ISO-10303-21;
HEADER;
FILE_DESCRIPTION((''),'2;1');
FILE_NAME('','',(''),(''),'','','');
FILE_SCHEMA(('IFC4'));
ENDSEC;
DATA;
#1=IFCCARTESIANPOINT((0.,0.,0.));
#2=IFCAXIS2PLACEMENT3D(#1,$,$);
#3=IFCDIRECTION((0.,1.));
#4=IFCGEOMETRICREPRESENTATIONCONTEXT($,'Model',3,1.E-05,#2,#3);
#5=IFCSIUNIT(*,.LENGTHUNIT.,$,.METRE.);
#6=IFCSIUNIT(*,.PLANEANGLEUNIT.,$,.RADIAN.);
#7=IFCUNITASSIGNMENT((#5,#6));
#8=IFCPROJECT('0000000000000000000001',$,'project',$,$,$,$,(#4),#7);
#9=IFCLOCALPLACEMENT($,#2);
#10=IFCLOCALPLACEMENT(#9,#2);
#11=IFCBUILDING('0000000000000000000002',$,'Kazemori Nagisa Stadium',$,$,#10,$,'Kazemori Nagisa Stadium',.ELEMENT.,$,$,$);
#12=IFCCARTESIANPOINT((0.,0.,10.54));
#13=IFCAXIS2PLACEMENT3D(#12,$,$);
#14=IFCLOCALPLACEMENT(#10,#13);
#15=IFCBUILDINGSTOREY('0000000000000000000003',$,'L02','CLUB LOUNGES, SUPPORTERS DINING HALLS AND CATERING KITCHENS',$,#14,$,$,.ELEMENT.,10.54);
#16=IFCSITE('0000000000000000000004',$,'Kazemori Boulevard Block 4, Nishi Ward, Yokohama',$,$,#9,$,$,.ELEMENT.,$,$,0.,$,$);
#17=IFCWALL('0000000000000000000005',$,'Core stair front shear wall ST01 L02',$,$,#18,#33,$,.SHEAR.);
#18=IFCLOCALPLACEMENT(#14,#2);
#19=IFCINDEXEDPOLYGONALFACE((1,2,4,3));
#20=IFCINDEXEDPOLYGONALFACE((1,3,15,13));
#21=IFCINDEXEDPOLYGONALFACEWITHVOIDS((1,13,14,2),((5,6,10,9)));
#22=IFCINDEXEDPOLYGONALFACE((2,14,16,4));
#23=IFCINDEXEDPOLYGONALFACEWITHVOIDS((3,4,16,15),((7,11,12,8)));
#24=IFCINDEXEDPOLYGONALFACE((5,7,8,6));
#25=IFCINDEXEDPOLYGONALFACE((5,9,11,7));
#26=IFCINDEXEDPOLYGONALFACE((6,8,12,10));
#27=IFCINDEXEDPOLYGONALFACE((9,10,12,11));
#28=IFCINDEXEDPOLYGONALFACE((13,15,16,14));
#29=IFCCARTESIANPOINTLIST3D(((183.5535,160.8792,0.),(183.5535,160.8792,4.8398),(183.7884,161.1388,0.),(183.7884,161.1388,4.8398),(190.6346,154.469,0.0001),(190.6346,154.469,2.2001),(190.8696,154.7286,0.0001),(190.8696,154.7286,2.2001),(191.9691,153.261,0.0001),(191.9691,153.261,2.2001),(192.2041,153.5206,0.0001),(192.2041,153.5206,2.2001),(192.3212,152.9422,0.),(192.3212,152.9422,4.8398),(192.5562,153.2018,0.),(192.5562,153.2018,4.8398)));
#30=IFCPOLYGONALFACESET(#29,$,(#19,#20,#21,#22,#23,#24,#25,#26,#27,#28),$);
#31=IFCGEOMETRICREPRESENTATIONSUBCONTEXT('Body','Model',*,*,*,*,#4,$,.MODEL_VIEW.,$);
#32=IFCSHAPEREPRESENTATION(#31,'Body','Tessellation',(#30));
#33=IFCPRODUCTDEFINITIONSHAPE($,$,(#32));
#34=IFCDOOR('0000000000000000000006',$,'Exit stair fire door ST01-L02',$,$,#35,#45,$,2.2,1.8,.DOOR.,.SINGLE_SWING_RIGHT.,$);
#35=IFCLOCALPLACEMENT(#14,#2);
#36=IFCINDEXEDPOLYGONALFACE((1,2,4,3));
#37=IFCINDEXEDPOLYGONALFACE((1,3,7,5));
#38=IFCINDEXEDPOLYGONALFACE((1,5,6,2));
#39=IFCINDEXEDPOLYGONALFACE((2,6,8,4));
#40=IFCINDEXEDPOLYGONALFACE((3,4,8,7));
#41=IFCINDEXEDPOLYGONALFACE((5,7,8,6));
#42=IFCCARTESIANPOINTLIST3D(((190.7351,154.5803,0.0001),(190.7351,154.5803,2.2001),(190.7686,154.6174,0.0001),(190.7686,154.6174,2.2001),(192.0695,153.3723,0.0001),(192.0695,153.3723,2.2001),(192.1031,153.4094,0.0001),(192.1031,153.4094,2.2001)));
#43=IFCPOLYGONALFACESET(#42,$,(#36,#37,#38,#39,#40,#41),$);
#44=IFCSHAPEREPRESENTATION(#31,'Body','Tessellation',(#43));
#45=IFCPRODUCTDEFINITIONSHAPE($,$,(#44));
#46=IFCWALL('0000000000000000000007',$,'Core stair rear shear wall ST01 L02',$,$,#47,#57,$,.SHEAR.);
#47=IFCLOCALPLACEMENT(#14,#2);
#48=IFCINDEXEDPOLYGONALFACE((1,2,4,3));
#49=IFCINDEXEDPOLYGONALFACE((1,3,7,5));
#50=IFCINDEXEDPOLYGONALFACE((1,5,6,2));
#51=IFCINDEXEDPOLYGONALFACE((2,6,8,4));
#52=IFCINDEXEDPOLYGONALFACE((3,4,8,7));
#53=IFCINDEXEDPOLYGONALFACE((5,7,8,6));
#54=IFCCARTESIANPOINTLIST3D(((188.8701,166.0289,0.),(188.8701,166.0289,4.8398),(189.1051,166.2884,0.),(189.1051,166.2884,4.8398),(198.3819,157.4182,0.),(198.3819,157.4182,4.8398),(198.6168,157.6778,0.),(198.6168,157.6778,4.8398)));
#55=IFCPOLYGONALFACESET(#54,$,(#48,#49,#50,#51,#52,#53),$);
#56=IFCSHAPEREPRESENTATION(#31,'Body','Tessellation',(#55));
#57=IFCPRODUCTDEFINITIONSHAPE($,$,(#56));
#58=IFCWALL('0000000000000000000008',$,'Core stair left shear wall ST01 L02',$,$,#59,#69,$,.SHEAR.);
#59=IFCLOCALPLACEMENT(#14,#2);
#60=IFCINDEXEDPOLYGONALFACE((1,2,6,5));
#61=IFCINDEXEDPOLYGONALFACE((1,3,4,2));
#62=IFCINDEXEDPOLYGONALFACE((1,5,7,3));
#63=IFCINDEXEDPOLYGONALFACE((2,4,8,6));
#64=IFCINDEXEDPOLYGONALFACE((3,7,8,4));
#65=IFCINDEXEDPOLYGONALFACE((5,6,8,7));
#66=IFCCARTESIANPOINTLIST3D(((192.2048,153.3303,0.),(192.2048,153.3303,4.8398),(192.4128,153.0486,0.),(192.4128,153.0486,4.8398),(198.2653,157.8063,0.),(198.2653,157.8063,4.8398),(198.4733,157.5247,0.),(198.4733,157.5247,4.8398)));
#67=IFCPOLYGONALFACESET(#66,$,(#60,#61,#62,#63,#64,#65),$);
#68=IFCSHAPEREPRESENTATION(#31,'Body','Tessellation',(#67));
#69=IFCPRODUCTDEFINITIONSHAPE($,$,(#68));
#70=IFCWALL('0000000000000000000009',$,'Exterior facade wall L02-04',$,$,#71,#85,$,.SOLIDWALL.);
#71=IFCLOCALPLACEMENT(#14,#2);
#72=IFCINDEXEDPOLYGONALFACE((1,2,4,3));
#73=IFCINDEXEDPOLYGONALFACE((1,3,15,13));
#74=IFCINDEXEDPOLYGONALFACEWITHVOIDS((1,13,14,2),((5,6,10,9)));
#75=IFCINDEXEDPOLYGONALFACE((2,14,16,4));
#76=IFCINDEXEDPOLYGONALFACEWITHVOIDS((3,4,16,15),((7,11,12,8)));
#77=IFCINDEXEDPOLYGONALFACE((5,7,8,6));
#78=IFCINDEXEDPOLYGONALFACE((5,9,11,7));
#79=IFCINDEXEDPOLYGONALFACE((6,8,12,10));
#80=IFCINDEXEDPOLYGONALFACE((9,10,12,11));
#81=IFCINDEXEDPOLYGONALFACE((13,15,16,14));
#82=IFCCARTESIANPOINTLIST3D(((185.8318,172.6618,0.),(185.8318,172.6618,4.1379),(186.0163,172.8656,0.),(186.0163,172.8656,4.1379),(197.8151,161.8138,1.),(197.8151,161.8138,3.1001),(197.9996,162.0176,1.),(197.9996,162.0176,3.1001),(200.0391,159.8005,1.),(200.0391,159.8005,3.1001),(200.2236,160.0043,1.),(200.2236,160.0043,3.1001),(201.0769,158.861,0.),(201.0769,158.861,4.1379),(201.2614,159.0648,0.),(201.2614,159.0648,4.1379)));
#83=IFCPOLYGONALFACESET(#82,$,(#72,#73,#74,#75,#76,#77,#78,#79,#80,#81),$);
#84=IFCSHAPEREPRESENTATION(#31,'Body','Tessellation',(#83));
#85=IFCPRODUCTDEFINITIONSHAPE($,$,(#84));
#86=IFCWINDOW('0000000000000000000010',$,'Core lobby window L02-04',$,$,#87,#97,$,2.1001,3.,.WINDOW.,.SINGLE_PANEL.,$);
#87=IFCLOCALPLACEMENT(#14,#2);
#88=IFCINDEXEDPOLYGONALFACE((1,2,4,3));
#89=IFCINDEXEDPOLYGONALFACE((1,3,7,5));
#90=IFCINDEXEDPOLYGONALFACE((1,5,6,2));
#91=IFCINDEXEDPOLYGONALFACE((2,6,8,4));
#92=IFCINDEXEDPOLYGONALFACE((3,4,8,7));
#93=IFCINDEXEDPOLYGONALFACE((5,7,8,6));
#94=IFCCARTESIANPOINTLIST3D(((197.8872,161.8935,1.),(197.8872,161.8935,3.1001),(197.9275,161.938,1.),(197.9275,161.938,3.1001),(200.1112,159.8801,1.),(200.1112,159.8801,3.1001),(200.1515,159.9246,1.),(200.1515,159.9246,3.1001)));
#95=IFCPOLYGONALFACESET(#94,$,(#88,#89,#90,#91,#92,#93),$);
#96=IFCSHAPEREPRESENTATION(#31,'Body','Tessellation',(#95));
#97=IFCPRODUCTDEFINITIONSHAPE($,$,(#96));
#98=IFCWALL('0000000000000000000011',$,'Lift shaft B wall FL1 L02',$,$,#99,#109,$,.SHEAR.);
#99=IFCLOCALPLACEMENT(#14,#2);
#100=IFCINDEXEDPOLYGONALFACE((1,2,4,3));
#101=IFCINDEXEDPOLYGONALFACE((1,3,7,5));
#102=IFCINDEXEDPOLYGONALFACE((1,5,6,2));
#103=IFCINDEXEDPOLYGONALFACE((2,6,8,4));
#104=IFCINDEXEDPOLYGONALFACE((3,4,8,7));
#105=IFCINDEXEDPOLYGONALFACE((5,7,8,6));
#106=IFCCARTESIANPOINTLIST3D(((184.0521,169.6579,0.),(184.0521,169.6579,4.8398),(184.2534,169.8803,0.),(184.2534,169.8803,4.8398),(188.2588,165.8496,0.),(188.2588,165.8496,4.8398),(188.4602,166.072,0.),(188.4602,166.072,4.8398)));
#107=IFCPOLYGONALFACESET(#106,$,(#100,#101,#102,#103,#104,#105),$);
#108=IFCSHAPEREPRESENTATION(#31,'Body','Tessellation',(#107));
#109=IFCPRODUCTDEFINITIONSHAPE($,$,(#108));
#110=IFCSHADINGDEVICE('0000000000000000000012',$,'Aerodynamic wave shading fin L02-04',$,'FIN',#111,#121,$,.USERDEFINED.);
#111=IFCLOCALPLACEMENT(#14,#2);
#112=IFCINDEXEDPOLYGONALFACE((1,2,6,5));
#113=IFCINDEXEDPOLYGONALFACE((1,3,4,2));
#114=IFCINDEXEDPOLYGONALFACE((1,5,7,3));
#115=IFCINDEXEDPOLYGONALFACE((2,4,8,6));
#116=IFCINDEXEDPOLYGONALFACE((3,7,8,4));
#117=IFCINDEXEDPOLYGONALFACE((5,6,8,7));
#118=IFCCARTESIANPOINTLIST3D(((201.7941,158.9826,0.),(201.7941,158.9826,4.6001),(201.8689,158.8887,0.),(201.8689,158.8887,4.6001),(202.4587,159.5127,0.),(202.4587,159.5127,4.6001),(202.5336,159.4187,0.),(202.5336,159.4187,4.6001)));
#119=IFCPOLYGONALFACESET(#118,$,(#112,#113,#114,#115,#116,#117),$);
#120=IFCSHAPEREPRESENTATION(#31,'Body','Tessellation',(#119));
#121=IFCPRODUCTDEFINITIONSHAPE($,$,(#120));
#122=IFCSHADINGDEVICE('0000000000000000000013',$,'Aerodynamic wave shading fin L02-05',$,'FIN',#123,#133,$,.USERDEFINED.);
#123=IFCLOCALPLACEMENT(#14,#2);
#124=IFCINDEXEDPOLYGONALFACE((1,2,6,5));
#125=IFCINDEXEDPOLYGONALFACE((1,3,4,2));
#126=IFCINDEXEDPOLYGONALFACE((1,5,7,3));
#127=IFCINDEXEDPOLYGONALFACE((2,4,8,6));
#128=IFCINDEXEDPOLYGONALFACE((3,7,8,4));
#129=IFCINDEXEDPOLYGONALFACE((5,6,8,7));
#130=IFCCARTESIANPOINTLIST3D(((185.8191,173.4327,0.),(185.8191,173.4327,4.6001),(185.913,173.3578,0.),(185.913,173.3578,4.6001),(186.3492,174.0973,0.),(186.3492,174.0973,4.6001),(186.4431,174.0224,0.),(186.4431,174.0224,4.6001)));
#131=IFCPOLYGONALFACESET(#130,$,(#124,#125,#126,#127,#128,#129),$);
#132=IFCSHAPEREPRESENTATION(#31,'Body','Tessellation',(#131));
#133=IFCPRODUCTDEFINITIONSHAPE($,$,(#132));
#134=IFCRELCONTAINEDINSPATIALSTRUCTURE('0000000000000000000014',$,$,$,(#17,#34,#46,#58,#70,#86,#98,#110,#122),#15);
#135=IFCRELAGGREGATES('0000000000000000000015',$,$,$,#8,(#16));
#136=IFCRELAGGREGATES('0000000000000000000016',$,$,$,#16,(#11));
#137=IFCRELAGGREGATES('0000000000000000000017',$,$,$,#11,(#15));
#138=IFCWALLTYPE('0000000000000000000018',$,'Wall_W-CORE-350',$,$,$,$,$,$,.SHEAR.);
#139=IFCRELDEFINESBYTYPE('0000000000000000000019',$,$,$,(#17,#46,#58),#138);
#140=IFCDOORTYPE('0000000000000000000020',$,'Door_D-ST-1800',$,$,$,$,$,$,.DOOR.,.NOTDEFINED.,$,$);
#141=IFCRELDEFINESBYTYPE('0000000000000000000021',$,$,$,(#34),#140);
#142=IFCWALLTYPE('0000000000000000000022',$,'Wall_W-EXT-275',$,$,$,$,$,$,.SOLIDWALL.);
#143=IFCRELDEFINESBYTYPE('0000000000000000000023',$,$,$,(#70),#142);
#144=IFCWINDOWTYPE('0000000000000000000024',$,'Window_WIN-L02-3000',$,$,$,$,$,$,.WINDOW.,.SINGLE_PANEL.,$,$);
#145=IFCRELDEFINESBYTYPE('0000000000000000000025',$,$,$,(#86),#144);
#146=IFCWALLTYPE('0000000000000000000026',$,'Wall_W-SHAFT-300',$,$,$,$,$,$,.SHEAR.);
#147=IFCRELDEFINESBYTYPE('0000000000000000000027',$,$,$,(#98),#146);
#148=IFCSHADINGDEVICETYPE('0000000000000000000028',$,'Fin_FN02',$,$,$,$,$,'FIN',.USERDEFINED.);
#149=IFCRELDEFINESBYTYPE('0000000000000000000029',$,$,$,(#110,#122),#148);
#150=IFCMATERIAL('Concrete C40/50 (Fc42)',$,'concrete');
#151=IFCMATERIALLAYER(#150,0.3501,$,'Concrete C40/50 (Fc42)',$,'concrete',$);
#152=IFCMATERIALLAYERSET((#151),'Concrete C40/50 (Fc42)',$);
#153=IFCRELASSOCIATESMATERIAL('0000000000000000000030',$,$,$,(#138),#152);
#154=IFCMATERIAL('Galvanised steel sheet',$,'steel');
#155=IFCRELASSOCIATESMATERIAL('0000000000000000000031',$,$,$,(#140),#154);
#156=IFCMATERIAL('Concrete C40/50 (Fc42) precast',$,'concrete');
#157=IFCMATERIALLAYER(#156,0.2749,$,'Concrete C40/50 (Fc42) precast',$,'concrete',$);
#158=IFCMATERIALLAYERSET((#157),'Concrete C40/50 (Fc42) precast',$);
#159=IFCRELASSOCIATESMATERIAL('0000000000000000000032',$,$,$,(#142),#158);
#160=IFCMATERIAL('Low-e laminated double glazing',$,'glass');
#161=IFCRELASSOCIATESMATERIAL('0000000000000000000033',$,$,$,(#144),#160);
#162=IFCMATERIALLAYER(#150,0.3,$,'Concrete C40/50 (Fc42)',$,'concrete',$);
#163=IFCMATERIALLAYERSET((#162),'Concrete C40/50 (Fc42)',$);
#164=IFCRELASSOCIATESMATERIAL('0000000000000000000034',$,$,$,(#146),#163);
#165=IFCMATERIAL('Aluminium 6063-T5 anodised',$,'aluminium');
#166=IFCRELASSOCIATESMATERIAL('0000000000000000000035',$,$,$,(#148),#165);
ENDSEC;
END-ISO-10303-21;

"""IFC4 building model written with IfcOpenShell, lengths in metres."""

from ifc_helpers import new_model, si_unit, direction, frame, frame_2d, origin, origin_2d, place, context, subcontext, project, spatial, rectangle, extrude, material, layer, layer_set, type_object, element, fill, save


model = new_model("IFC4")

# Units and contexts
model_context = context("Model", 3, precision=1e-05, world=origin(), true_north=direction((0.0, 1.0)))
body_context = subcontext(model_context, "Body", "Model", "MODEL_VIEW")
ifc_project = project(units=[si_unit("LENGTHUNIT", "METRE"), si_unit("PLANEANGLEUNIT", "RADIAN")], contexts=[model_context])

# Site, building, storey
site_placement = place(None, origin())
site = spatial("IfcSite", under=ifc_project, at=site_placement, Name="Kazemori Boulevard Block 4, Nishi Ward, Yokohama", CompositionType="ELEMENT", RefElevation=0.0)
building_placement = place(site_placement, origin())
building = spatial("IfcBuilding", under=site, at=building_placement, Name="Kazemori Nagisa Stadium", LongName="Kazemori Nagisa Stadium", CompositionType="ELEMENT")
storey_placement = place(building_placement, frame((0.0, 0.0, 10.54)))
storey = spatial("IfcBuildingStorey", under=building, at=storey_placement, Name="L02", Description="CLUB LOUNGES, SUPPORTERS DINING HALLS AND CATERING KITCHENS", CompositionType="ELEMENT", Elevation=10.54)

# Shared definitions
ifc_material_1 = material(Name="Concrete C40/50 (Fc42)", Category="concrete")

# Shared definitions
ifc_material_2 = material(Name="Aluminium 6063-T5 anodised", Category="aluminium")

# Shared definitions
ifc_material_3 = material(Name="Low-e laminated double glazing", Category="glass")

# Wall, opening, door
ifc_layer_1 = layer(ifc_material_1, 0.3501, Name="Concrete C40/50 (Fc42)", Category="concrete")
ifc_layer_set_1 = layer_set([ifc_layer_1], Name="Concrete C40/50 (Fc42)")
wall_type_1 = type_object("IfcWallType", Name="Wall_W-CORE-350", PredefinedType="SHEAR", material=ifc_layer_set_1)
wall_1_placement = place(storey_placement, frame((192.4387, 153.072, 0.0), z_axis=(0.0, 0.0, 1.0), x_axis=(-0.741358, 0.67111, 0.0)))
wall_1 = element("IfcWall", 1, at=wall_1_placement, inside=storey, type_object=wall_type_1, Name="Core stair front shear wall ST01 L02", PredefinedType="SHEAR", context=body_context, shape_type="SweptSolid", body=[
    extrude(rectangle(XDim=11.8267, YDim=0.3501, at=frame_2d((5.9133, 0.0))), origin(), (0.0, 0.0, 1.0), 4.8398),
])
opening_1_placement = place(wall_1_placement, frame((0.4751, 0.0, 0.0)))
opening_1 = element("IfcOpeningElement", 2, at=opening_1_placement, cuts=wall_1, PredefinedType="OPENING", context=body_context, shape_type="SweptSolid", body=[
    extrude(rectangle(XDim=1.8, YDim=2.2, at=frame_2d((0.8999, 1.1001))), frame((0.0, 0.1851, 0.0), z_axis=(0.0, -1.0, 0.0), x_axis=(1.0, 0.0, 0.0)), (0.0, 0.0, 1.0), 0.3701),
])
ifc_material_4 = material(Name="Galvanised steel sheet", Category="steel")
door_type = type_object("IfcDoorType", Name="Door_D-ST-1800", OperationType="NOTDEFINED", PredefinedType="DOOR", material=ifc_material_4)
door_placement = place(opening_1_placement, frame((1.8, 0.0, 0.0), z_axis=(0.0, 0.0, 1.0), x_axis=(-1.0, 0.0, 0.0)))
door = element("IfcDoor", 3, at=door_placement, inside=storey, type_object=door_type, Name="Exit stair fire door ST01-L02", OperationType="SINGLE_SWING_RIGHT", OverallHeight=2.2, OverallWidth=1.8, PredefinedType="DOOR", context=body_context, shape_type="SweptSolid", body=[
    extrude(rectangle(XDim=1.8, YDim=2.2, at=frame_2d((0.8999, 1.1001))), frame((0.0, 0.0249, 0.0), z_axis=(0.0, -1.0, 0.0), x_axis=(1.0, 0.0, 0.0)), (0.0, 0.0, 1.0), 0.05),
])
fill(opening_1, door)

# Walls
wall_2_placement = place(storey_placement, frame((198.4993, 157.5481, 0.0), z_axis=(0.0, 0.0, 1.0), x_axis=(-0.741351, 0.671117, 0.0)))
element("IfcWall", 4, at=wall_2_placement, inside=storey, type_object=wall_type_1, Name="Core stair rear shear wall ST01 L02", PredefinedType="SHEAR", context=body_context, shape_type="SweptSolid", body=[
    extrude(rectangle(XDim=12.8303, YDim=0.3501, at=frame_2d((6.415, 0.0))), origin(), (0.0, 0.0, 1.0), 4.8398),
])
wall_3_placement = place(storey_placement, frame((192.3088, 153.1895, 0.0), z_axis=(0.0, 0.0, 1.0), x_axis=(0.804396, 0.594094, 0.0)))
element("IfcWall", 5, at=wall_3_placement, inside=storey, type_object=wall_type_1, Name="Core stair left shear wall ST01 L02", PredefinedType="SHEAR", context=body_context, shape_type="SweptSolid", body=[
    extrude(rectangle(XDim=7.5342, YDim=0.3501, at=frame_2d((3.7671, 0.0))), origin(), (0.0, 0.0, 1.0), 4.8398),
])

# Wall, opening, window
ifc_material_5 = material(Name="Concrete C40/50 (Fc42) precast", Category="concrete")
ifc_layer_2 = layer(ifc_material_5, 0.2749, Name="Concrete C40/50 (Fc42) precast", Category="concrete")
ifc_layer_set_2 = layer_set([ifc_layer_2], Name="Concrete C40/50 (Fc42) precast")
wall_type_2 = type_object("IfcWallType", Name="Wall_W-EXT-275", PredefinedType="SOLIDWALL", material=ifc_layer_set_2)
wall_4_placement = place(storey_placement, frame((201.1692, 158.9629, 0.0), z_axis=(0.0, 0.0, 1.0), x_axis=(-0.741352, 0.671116, 0.0)))
wall_4 = element("IfcWall", 6, at=wall_4_placement, inside=storey, type_object=wall_type_2, Name="Exterior facade wall L02-04", PredefinedType="SOLIDWALL", context=body_context, shape_type="SweptSolid", body=[
    extrude(rectangle(XDim=20.564, YDim=0.2749, at=frame_2d((10.282, 0.0))), origin(), (0.0, 0.0, 1.0), 4.1379),
])
opening_2_placement = place(wall_4_placement, frame((1.3999, 0.0, 1.0)))
opening_2 = element("IfcOpeningElement", 7, at=opening_2_placement, cuts=wall_4, PredefinedType="OPENING", context=body_context, shape_type="SweptSolid", body=[
    extrude(rectangle(XDim=3.0, YDim=2.1001, at=frame_2d((1.5, 1.05))), frame((0.0, 0.1475, 0.0), z_axis=(0.0, -1.0, 0.0), x_axis=(1.0, 0.0, 0.0)), (0.0, 0.0, 1.0), 0.2949),
])
window_type = type_object("IfcWindowType", Name="Window_WIN-L02-3000", PartitioningType="SINGLE_PANEL", PredefinedType="WINDOW", material=ifc_material_3)
window_placement = place(opening_2_placement, origin())
window = element("IfcWindow", 8, at=window_placement, inside=storey, type_object=window_type, Name="Core lobby window L02-04", OverallHeight=2.1001, OverallWidth=3.0, PartitioningType="SINGLE_PANEL", PredefinedType="WINDOW", context=body_context, shape_type="SweptSolid", body=[
    extrude(rectangle(XDim=3.0, YDim=2.1001, at=frame_2d((1.5, 1.05))), frame((0.0, 0.03, 0.0), z_axis=(0.0, -1.0, 0.0), x_axis=(1.0, 0.0, 0.0)), (0.0, 0.0, 1.0), 0.0601),
])
fill(opening_2, window)

# Wall
ifc_layer_3 = layer(ifc_material_1, 0.3, Name="Concrete C40/50 (Fc42)", Category="concrete")
ifc_layer_set_3 = layer_set([ifc_layer_3], Name="Concrete C40/50 (Fc42)")
wall_type_3 = type_object("IfcWallType", Name="Wall_W-SHAFT-300", PredefinedType="SHEAR", material=ifc_layer_set_3)
wall_5_placement = place(storey_placement, frame((188.3596, 165.9607, 0.0), z_axis=(0.0, 0.0, 1.0), x_axis=(-0.741342, 0.671127, 0.0)))
element("IfcWall", 9, at=wall_5_placement, inside=storey, type_object=wall_type_3, Name="Lift shaft B wall FL1 L02", PredefinedType="SHEAR", context=body_context, shape_type="SweptSolid", body=[
    extrude(rectangle(XDim=5.6746, YDim=0.3, at=frame_2d((2.8374, 0.0))), origin(), (0.0, 0.0, 1.0), 4.8398),
])

# Shading devices
shading_device_type = type_object("IfcShadingDeviceType", Name="Fin_FN02", ElementType="FIN", PredefinedType="USERDEFINED", material=ifc_material_2)
for number, where, z_axis, x_axis, name in (
    (10, (202.1638, 159.2007, 0.0), (0.0, 0.0, 1.0), (0.781831, 0.62349, 0.0), "Aerodynamic wave shading fin L02-04"),
    (11, (186.1311, 173.7275, 0.0), (0.0, 0.0, 1.0), (0.62349, 0.781831, 0.0), "Aerodynamic wave shading fin L02-05"),
):
    element("IfcShadingDevice", number, at=place(storey_placement, frame(where, z_axis=z_axis, x_axis=x_axis)), inside=storey, type_object=shading_device_type, Name=name, ObjectType="FIN", PredefinedType="USERDEFINED", context=body_context, shape_type="SweptSolid", body=[
        extrude(rectangle(XDim=0.8501, YDim=0.1201, at=origin_2d()), origin(), (0.0, 0.0, 1.0), 4.6001),
    ])

save(model, "model.ifc")
